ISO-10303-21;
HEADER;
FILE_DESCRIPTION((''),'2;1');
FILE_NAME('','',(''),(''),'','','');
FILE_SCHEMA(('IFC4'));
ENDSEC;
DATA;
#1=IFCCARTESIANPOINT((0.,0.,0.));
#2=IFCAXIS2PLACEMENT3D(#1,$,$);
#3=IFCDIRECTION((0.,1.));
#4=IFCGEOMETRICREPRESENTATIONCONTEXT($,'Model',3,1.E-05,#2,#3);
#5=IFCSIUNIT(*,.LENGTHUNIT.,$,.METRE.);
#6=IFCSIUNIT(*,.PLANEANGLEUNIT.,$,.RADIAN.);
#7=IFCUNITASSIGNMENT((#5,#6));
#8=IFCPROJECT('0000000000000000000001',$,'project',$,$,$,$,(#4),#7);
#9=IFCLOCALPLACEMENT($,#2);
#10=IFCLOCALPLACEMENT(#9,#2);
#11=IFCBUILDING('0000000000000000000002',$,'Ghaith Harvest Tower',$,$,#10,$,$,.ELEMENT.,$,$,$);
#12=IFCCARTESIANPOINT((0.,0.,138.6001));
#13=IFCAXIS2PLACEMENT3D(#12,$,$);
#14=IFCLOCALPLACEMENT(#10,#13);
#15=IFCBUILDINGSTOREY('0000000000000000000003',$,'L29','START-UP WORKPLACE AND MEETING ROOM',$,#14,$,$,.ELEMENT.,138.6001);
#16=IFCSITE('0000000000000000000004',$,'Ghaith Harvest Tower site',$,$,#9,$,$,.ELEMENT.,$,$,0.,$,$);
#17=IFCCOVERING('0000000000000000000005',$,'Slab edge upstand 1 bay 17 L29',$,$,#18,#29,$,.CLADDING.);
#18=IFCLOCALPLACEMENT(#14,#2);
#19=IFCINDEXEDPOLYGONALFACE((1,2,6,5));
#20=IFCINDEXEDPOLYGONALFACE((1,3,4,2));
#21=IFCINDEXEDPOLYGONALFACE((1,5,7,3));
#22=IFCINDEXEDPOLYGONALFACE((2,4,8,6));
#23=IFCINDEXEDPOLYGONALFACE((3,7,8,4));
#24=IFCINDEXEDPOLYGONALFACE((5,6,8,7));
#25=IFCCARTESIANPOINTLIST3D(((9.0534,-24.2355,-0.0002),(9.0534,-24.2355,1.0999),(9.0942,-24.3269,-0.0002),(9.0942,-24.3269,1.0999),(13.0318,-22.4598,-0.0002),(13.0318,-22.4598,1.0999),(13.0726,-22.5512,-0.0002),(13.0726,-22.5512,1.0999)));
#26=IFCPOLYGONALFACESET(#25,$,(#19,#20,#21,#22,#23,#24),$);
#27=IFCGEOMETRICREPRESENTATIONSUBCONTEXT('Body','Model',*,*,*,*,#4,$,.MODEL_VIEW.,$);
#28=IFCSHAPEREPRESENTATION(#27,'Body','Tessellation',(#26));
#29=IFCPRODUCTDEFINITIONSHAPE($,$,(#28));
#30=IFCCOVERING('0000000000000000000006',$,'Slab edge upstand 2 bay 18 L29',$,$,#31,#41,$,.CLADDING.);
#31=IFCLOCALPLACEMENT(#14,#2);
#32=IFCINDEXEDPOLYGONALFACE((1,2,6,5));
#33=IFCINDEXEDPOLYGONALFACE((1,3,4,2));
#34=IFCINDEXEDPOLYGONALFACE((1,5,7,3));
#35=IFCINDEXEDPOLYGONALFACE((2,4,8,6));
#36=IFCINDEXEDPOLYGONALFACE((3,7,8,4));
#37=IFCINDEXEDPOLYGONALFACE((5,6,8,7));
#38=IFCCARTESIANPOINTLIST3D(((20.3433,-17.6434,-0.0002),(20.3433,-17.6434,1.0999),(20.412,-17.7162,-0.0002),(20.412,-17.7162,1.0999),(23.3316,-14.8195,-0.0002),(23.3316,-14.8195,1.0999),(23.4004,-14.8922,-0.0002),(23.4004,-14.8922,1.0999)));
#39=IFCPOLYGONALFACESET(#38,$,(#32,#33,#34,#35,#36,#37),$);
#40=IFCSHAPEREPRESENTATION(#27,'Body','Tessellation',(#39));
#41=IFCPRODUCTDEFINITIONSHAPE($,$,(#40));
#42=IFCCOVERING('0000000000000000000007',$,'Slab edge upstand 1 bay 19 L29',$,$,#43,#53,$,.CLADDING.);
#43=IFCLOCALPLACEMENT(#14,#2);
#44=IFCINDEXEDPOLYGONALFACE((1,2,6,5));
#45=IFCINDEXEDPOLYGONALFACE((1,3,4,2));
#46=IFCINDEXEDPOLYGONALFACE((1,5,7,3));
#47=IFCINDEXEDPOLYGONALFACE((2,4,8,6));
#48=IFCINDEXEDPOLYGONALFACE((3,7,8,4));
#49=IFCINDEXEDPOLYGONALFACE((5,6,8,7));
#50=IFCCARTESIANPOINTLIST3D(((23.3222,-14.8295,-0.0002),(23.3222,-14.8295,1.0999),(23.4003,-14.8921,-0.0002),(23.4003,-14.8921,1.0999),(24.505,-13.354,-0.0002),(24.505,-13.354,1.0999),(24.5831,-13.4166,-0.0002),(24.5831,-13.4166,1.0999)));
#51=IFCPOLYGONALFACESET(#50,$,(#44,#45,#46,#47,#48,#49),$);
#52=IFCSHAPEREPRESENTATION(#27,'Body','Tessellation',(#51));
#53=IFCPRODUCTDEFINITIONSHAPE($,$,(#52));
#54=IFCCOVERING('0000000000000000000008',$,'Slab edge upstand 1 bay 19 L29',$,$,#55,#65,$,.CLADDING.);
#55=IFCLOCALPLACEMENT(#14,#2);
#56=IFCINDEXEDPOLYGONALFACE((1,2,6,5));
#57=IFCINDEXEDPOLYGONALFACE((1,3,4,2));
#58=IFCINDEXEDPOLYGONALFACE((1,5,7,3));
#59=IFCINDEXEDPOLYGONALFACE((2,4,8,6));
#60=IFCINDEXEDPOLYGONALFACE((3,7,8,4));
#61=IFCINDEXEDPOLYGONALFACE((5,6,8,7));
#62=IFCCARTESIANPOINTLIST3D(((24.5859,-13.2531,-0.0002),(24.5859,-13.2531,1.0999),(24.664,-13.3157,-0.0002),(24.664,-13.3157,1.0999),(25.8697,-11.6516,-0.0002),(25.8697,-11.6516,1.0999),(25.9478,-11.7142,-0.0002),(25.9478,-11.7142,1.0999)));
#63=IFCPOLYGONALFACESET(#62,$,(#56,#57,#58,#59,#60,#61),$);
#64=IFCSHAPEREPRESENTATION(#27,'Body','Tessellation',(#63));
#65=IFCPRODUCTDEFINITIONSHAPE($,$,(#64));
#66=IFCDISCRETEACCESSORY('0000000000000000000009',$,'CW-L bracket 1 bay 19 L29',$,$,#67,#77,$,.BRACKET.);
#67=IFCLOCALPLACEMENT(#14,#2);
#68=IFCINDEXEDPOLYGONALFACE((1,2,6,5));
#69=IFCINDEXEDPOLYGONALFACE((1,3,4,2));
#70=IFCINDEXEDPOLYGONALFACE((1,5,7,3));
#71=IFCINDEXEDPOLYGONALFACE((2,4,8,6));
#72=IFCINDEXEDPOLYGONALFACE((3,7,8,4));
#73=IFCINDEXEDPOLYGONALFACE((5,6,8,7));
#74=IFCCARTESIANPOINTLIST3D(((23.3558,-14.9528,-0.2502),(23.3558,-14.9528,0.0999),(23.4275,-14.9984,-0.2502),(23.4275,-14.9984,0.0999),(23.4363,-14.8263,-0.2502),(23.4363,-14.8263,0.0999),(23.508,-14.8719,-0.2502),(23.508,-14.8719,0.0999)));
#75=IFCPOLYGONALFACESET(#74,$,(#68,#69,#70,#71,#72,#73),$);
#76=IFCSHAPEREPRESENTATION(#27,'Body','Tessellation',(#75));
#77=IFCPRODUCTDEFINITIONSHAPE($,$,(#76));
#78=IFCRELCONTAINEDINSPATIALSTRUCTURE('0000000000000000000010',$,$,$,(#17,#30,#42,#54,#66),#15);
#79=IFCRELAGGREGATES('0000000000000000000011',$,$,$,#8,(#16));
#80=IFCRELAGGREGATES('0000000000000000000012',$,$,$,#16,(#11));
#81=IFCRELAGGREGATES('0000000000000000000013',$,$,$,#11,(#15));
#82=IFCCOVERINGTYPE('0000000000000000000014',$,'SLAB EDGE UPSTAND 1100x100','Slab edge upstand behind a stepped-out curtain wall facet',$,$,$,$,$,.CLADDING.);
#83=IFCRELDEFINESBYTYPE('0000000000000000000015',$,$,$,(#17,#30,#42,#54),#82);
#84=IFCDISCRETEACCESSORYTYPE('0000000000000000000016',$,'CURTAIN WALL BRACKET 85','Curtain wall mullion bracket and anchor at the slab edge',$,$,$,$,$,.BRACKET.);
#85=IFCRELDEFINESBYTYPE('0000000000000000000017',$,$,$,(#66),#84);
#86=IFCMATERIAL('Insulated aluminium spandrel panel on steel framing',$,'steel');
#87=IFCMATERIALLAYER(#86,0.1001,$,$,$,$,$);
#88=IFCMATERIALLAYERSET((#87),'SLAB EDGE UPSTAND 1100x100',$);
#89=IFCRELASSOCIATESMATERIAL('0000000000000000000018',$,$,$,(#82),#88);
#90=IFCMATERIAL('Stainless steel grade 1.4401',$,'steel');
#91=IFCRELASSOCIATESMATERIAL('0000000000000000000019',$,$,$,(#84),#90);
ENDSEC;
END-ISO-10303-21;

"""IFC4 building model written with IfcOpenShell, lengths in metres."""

from ifc_helpers import new_model, si_unit, direction, frame, origin, origin_2d, place, context, subcontext, project, spatial, rectangle, extrude, material, layer, layer_set, type_object, element, save


model = new_model("IFC4")

# Units and contexts
model_context = context("Model", 3, precision=1e-05, world=origin(), true_north=direction((0.0, 1.0)))
body_context = subcontext(model_context, "Body", "Model", "MODEL_VIEW")
ifc_project = project(units=[si_unit("LENGTHUNIT", "METRE"), si_unit("PLANEANGLEUNIT", "RADIAN")], contexts=[model_context])

# Site, building, storey
site_placement = place(None, origin())
site = spatial("IfcSite", under=ifc_project, at=site_placement, Name="Ghaith Harvest Tower site", CompositionType="ELEMENT", RefElevation=0.0)
building_placement = place(site_placement, origin())
building = spatial("IfcBuilding", under=site, at=building_placement, Name="Ghaith Harvest Tower", CompositionType="ELEMENT")
storey_placement = place(building_placement, frame((0.0, 0.0, 138.6001)))
storey = spatial("IfcBuildingStorey", under=building, at=storey_placement, Name="L29", Description="START-UP WORKPLACE AND MEETING ROOM", CompositionType="ELEMENT", Elevation=138.6001)

# Coverings
ifc_material_1 = material(Name="Insulated aluminium spandrel panel on steel framing", Category="steel")
ifc_layer_1 = layer(ifc_material_1, 0.1001)
ifc_layer_set_1 = layer_set([ifc_layer_1], Name="SLAB EDGE UPSTAND 1100x100")
covering_type = type_object("IfcCoveringType", Name="SLAB EDGE UPSTAND 1100x100", Description="Slab edge upstand behind a stepped-out curtain wall facet", PredefinedType="CLADDING", material=ifc_layer_set_1)
covering_1_placement = place(storey_placement, frame((11.063, -23.3933, -0.0002), z_axis=(0.0, 0.0, 1.0), x_axis=(0.91317, 0.407578, 0.0)))
element("IfcCovering", 1, at=covering_1_placement, inside=storey, type_object=covering_type, Name="Slab edge upstand 1 bay 17 L29", PredefinedType="CLADDING", context=body_context, shape_type="SweptSolid", body=[
    extrude(rectangle(XDim=4.3567, YDim=0.1001, at=origin_2d()), origin(), (0.0, 0.0, 1.0), 1.1001),
])
covering_2_placement = place(storey_placement, frame((21.8718, -16.2678, -0.0002), z_axis=(0.0, 0.0, 1.0), x_axis=(0.72681, 0.686839, 0.0)))
element("IfcCovering", 2, at=covering_2_placement, inside=storey, type_object=covering_type, Name="Slab edge upstand 2 bay 18 L29", PredefinedType="CLADDING", context=body_context, shape_type="SweptSolid", body=[
    extrude(rectangle(XDim=4.1116, YDim=0.1001, at=origin_2d()), origin(), (0.0, 0.0, 1.0), 1.1001),
])
covering_3_placement = place(storey_placement, frame((23.9526, -14.123, -0.0002), z_axis=(0.0, 0.0, 1.0), x_axis=(0.625468, 0.78025, 0.0)))
element("IfcCovering", 3, at=covering_3_placement, inside=storey, type_object=covering_type, Name="Slab edge upstand 1 bay 19 L29", PredefinedType="CLADDING", context=body_context, shape_type="SweptSolid", body=[
    extrude(rectangle(XDim=1.8911, YDim=0.1001, at=origin_2d()), origin(), (0.0, 0.0, 1.0), 1.1001),
])
covering_4_placement = place(storey_placement, frame((25.2668, -12.4836, -0.0002), z_axis=(0.0, 0.0, 1.0), x_axis=(0.625468, 0.78025, 0.0)))
element("IfcCovering", 4, at=covering_4_placement, inside=storey, type_object=covering_type, Name="Slab edge upstand 1 bay 19 L29", PredefinedType="CLADDING", context=body_context, shape_type="SweptSolid", body=[
    extrude(rectangle(XDim=2.0525, YDim=0.1001, at=origin_2d()), origin(), (0.0, 0.0, 1.0), 1.1001),
])

# Discrete accessory
ifc_material_2 = material(Name="Stainless steel grade 1.4401", Category="steel")
discrete_accessory_type = type_object("IfcDiscreteAccessoryType", Name="CURTAIN WALL BRACKET 85", Description="Curtain wall mullion bracket and anchor at the slab edge", PredefinedType="BRACKET", material=ifc_material_2)
discrete_accessory_placement = place(storey_placement, frame((23.4319, -14.9124, -0.2502), z_axis=(0.0, 0.0, 1.0), x_axis=(0.843644, -0.536903, 0.0)))
element("IfcDiscreteAccessory", 5, at=discrete_accessory_placement, inside=storey, type_object=discrete_accessory_type, Name="CW-L bracket 1 bay 19 L29", PredefinedType="BRACKET", context=body_context, shape_type="SweptSolid", body=[
    extrude(rectangle(XDim=0.085, YDim=0.1499, at=origin_2d()), origin(), (0.0, 0.0, 1.0), 0.3501),
])

save(model, "model.ifc")
